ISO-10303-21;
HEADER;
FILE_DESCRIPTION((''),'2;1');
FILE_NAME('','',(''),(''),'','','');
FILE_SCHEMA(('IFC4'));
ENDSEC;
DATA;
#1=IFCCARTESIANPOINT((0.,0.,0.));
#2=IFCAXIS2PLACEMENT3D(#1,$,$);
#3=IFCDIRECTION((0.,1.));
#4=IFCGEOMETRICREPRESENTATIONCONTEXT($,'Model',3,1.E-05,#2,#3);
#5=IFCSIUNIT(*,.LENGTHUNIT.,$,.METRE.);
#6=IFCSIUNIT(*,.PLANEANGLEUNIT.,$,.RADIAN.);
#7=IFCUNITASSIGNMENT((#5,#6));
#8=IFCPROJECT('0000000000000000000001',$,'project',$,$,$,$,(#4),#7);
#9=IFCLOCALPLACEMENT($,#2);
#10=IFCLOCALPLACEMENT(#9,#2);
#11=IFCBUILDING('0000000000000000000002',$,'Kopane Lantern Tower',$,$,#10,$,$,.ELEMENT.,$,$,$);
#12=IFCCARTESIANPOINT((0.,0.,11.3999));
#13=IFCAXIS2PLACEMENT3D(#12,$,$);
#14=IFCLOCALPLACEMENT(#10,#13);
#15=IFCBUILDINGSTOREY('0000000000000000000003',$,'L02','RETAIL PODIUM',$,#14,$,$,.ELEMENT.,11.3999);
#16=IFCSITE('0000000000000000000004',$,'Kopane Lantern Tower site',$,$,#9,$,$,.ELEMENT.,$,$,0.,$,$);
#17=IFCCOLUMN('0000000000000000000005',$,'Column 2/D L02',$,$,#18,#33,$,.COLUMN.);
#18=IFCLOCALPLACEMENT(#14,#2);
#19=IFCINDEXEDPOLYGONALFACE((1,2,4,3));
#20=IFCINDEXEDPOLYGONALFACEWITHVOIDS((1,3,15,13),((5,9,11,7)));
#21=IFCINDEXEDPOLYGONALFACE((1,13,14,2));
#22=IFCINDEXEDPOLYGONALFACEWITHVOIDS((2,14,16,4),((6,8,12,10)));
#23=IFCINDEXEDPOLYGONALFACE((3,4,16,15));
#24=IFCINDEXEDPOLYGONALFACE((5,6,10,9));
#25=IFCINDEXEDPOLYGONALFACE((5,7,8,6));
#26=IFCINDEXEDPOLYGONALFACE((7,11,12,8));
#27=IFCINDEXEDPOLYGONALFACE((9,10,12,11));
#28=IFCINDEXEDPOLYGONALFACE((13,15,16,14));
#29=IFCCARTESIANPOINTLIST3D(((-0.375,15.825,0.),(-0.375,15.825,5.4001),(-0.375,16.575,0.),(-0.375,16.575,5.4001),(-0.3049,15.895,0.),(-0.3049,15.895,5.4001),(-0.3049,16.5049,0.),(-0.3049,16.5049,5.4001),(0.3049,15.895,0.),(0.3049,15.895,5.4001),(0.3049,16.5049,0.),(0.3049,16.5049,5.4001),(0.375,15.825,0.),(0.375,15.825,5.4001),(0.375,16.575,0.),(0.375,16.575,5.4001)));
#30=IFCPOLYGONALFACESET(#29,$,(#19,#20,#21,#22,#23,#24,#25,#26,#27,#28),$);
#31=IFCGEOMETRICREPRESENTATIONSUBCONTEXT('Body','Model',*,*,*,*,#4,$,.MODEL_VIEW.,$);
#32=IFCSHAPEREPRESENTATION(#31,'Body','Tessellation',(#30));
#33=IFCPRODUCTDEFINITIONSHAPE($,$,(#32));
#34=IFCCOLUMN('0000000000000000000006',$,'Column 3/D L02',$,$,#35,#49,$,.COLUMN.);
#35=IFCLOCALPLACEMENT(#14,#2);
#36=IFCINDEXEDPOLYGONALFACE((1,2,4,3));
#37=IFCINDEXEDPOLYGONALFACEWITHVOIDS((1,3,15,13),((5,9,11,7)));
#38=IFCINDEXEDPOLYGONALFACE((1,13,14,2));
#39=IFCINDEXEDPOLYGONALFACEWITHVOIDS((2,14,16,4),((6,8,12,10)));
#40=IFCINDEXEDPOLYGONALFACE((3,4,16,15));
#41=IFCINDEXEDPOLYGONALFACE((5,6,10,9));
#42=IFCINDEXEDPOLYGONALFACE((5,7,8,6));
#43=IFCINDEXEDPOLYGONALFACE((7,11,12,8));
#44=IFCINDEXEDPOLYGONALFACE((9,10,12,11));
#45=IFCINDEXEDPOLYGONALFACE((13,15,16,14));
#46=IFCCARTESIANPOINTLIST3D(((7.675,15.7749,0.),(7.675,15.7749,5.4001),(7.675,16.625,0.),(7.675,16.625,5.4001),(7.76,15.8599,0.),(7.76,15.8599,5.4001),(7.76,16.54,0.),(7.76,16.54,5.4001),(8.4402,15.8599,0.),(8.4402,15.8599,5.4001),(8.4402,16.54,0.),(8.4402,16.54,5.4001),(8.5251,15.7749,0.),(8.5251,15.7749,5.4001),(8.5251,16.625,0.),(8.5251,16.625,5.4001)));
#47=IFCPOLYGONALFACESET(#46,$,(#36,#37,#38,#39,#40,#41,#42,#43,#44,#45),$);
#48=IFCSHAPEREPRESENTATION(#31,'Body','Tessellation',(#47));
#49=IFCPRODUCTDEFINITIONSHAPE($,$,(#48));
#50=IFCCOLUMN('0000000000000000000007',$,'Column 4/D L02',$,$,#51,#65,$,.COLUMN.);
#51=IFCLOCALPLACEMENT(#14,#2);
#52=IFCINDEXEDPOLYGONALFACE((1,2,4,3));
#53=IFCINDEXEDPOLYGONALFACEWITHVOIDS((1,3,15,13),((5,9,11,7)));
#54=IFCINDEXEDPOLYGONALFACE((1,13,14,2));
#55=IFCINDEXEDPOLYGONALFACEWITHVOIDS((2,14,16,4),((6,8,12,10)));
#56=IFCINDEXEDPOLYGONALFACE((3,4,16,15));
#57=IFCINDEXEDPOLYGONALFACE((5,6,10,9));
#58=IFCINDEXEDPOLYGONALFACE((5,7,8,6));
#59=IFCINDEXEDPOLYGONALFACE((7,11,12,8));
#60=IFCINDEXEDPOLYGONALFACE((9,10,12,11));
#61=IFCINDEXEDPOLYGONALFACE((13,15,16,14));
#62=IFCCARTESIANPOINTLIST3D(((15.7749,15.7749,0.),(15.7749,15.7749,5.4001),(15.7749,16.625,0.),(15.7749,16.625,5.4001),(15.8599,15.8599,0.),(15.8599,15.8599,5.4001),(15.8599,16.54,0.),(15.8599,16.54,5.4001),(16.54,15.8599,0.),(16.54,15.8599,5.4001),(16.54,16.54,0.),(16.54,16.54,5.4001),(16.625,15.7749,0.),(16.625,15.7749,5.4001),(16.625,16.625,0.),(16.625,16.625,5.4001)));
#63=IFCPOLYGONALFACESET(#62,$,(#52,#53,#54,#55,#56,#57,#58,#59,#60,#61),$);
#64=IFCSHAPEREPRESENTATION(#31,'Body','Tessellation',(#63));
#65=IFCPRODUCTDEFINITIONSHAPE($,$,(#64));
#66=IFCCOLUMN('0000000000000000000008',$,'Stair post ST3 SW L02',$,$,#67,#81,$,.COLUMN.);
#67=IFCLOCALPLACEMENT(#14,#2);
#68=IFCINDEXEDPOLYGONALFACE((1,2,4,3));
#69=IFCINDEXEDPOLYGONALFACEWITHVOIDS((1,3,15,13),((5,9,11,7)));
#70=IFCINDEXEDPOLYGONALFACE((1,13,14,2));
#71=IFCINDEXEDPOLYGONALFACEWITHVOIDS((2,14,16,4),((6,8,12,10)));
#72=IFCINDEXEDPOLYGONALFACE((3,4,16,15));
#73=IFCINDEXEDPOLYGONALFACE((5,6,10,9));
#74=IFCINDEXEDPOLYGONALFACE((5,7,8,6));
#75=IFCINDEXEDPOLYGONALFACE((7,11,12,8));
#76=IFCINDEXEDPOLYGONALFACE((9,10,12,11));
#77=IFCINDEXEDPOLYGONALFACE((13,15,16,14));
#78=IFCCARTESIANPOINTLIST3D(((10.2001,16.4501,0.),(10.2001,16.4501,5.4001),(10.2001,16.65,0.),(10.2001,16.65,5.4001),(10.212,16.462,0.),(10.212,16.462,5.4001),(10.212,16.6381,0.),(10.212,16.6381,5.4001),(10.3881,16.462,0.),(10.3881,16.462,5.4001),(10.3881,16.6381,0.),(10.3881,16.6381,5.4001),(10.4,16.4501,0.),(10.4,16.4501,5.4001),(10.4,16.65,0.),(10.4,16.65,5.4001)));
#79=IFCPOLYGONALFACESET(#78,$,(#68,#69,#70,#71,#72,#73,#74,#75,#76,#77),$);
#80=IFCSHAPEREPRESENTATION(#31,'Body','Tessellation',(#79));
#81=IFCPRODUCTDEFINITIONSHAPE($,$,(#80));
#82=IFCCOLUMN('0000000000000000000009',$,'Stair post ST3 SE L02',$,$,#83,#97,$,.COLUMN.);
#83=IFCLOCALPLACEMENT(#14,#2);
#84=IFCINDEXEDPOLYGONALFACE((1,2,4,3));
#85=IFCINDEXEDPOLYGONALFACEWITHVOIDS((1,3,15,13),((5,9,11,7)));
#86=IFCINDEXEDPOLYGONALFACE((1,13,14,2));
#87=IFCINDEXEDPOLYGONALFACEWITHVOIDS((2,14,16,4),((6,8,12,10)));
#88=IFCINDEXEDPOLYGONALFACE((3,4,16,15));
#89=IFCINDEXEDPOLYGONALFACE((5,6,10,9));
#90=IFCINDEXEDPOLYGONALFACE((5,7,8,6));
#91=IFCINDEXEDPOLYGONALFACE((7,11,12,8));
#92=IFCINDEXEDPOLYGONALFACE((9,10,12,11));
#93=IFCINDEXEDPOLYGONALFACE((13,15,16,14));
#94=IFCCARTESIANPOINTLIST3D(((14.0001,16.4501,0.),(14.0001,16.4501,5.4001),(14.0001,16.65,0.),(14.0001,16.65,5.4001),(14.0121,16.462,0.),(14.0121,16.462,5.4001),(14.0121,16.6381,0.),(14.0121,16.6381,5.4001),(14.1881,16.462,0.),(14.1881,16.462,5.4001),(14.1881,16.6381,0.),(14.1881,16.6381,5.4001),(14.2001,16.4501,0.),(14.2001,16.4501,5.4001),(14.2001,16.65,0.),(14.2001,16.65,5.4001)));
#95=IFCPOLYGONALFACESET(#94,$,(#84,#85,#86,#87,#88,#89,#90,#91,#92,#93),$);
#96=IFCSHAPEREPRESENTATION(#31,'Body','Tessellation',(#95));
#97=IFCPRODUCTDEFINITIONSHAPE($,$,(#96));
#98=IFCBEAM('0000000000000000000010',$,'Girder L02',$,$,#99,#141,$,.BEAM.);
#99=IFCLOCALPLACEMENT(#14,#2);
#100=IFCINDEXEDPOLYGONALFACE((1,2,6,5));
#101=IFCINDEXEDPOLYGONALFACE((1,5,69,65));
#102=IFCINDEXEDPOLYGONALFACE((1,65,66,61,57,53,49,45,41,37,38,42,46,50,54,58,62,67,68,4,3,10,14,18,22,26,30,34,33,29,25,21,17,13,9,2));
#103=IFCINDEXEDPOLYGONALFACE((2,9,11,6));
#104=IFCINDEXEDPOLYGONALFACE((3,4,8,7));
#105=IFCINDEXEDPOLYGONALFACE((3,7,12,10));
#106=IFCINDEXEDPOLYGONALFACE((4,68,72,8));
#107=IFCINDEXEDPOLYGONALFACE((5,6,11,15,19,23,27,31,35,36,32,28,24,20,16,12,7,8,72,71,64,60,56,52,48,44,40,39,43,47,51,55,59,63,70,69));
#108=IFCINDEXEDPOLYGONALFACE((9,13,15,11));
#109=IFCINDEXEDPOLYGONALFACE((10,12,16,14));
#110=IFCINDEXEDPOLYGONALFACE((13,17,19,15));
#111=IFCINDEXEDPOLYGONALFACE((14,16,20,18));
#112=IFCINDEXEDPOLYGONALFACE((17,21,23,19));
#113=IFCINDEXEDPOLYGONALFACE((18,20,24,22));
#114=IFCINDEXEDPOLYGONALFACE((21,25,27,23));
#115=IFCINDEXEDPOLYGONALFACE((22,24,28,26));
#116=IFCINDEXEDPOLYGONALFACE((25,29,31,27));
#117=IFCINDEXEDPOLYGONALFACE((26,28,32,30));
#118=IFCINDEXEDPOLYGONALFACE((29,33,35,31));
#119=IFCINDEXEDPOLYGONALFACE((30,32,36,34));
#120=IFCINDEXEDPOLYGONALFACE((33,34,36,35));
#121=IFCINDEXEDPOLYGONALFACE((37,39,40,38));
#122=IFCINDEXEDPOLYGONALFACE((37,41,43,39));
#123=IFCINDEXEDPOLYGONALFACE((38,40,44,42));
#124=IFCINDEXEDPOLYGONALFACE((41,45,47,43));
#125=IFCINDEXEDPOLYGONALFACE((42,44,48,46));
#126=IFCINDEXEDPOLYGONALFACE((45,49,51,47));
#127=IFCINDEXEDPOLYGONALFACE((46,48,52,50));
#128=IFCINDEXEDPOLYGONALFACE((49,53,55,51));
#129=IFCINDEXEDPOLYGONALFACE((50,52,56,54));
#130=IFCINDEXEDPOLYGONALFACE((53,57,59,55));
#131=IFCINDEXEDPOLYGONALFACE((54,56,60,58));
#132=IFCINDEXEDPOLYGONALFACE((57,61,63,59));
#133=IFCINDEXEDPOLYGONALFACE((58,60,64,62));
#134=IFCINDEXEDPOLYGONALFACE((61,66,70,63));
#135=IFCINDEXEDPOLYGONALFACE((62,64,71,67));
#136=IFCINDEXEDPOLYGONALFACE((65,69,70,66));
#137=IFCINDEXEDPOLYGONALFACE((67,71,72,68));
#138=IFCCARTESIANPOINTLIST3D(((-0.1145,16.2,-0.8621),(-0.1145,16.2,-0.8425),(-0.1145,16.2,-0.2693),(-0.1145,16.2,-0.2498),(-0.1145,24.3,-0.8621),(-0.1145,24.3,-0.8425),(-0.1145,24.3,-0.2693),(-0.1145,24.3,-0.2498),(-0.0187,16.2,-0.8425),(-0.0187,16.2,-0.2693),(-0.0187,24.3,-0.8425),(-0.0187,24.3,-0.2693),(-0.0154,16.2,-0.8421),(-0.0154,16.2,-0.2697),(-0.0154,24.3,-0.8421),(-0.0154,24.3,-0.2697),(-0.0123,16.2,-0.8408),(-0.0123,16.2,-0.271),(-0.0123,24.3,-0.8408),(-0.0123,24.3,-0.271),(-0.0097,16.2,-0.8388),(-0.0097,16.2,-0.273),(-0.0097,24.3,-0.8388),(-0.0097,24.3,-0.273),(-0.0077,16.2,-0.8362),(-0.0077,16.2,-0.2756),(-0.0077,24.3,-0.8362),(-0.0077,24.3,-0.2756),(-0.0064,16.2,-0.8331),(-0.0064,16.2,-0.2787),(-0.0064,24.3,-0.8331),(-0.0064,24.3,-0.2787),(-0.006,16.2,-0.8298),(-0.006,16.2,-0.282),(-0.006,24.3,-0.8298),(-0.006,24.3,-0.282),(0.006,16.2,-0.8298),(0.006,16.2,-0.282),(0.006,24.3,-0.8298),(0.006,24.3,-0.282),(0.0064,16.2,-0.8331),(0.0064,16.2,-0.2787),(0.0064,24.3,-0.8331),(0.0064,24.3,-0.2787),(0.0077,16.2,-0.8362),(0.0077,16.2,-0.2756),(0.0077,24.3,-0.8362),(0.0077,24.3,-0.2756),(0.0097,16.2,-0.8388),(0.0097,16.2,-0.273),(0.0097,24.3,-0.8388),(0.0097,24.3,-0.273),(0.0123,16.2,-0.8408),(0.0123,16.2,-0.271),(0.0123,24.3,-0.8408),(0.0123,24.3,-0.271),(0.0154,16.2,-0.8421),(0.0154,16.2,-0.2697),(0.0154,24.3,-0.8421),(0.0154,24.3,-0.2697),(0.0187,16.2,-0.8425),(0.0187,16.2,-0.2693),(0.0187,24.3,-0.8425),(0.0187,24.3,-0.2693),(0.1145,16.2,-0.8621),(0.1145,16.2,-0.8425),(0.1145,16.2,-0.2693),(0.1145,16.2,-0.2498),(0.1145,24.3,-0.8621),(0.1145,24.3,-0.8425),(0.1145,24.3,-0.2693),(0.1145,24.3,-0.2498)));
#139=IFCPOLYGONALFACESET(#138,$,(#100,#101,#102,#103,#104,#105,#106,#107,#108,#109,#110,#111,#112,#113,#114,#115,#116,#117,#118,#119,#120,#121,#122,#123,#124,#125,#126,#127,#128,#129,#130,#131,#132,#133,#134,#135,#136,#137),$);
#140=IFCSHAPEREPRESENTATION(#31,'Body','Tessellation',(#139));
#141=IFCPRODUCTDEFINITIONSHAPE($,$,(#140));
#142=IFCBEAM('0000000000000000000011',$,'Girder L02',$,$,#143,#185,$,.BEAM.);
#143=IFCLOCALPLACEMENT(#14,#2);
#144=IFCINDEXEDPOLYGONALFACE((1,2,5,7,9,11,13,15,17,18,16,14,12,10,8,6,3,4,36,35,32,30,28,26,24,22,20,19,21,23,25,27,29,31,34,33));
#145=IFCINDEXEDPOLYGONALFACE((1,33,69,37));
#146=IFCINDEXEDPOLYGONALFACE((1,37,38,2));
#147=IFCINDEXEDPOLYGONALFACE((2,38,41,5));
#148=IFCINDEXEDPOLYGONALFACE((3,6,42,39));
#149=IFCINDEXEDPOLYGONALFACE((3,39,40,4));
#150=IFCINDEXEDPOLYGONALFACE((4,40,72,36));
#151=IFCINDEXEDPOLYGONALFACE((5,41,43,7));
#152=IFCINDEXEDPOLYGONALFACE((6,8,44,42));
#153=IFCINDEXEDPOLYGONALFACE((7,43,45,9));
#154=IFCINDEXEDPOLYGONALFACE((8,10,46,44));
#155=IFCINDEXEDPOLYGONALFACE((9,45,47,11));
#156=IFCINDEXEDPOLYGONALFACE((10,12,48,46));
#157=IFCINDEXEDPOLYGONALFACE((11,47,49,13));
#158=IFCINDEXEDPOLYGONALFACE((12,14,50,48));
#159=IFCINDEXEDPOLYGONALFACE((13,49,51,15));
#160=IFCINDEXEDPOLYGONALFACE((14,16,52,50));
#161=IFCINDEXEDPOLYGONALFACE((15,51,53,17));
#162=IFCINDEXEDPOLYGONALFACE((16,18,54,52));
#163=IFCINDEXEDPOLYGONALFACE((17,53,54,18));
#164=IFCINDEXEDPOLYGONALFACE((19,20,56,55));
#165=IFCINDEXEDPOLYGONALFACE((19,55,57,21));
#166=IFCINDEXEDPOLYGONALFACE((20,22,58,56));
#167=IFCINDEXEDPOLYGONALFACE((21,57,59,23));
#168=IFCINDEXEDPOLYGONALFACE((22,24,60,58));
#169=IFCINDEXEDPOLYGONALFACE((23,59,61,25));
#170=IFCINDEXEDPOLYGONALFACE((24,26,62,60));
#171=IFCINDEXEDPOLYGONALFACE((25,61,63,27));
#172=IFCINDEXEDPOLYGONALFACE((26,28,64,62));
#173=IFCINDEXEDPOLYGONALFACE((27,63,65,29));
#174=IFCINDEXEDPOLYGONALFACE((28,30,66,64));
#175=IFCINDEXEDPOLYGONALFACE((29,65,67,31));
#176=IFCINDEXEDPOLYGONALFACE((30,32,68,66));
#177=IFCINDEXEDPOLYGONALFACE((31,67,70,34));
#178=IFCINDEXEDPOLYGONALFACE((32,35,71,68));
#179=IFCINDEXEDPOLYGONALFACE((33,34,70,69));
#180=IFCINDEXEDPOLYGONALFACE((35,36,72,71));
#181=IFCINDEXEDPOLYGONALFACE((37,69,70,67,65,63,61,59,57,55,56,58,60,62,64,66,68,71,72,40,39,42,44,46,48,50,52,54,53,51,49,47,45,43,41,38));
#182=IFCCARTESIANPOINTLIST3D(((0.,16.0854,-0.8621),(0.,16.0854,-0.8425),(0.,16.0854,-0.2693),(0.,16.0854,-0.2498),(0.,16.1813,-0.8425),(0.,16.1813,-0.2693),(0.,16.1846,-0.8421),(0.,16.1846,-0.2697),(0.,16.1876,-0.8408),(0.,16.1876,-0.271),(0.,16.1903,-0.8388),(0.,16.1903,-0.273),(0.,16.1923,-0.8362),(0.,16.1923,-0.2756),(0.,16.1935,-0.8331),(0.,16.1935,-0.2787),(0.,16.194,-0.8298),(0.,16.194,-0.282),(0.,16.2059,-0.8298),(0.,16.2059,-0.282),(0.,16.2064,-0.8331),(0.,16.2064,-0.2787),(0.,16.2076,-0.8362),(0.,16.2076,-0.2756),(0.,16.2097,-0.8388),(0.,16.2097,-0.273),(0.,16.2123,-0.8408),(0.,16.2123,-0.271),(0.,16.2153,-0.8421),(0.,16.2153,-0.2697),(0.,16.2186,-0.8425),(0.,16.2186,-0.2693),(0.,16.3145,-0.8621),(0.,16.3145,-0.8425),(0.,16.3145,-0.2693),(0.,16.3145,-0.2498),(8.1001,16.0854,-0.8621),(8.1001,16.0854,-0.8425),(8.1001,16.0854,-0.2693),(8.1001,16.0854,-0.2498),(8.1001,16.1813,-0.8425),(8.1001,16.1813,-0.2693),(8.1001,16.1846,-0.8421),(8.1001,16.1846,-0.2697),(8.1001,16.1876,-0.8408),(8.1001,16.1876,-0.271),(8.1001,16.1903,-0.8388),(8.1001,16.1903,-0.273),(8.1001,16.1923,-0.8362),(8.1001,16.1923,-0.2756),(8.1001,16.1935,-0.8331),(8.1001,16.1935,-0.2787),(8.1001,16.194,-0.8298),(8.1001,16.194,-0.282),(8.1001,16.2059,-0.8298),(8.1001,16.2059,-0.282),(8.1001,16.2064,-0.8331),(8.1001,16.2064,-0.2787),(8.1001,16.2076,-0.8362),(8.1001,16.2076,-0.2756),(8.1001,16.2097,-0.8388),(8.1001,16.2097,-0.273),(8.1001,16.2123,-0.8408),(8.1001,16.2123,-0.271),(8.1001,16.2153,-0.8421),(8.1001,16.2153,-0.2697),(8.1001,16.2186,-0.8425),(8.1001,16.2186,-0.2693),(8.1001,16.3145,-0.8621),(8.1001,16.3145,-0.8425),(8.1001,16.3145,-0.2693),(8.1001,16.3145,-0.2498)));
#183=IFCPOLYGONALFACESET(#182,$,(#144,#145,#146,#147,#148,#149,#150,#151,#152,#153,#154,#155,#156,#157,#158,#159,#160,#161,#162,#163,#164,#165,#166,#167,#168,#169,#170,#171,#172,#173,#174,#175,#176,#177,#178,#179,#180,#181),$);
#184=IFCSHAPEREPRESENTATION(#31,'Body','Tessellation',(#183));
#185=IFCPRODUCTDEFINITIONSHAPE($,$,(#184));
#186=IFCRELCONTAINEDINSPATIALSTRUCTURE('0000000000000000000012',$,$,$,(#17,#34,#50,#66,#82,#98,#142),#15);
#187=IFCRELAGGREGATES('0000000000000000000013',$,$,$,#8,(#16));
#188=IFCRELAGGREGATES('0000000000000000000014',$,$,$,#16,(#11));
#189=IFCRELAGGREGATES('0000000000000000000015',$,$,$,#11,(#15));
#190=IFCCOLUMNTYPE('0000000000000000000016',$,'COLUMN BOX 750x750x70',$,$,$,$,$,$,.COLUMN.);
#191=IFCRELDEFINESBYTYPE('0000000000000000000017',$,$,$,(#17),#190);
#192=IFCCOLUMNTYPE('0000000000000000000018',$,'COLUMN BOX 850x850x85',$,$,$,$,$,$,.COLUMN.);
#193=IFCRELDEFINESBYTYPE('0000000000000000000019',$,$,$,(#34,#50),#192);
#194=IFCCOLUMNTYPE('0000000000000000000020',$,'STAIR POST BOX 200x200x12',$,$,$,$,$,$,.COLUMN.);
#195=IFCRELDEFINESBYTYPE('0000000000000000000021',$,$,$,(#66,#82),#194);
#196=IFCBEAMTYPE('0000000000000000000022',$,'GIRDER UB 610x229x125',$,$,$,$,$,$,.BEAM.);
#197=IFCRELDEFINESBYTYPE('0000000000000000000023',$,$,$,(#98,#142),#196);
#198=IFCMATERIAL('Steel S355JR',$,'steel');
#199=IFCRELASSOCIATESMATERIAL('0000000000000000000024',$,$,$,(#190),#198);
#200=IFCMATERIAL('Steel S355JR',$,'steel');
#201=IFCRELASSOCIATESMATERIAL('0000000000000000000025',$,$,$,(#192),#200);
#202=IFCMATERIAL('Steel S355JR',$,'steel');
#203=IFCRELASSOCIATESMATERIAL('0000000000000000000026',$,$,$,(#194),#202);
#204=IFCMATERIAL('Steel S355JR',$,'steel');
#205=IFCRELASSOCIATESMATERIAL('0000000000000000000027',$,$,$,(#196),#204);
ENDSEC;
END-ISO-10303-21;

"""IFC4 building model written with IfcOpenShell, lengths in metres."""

from ifc_helpers import new_model, si_unit, direction, frame, origin, origin_2d, place, context, subcontext, project, spatial, hollow_rectangle, i_section, extrude, material, material_profile, profile_set, type_object, element, save


model = new_model("IFC4")

# Units and contexts
model_context = context("Model", 3, precision=1e-05, world=origin(), true_north=direction((0.0, 1.0)))
body_context = subcontext(model_context, "Body", "Model", "MODEL_VIEW")
ifc_project = project(units=[si_unit("LENGTHUNIT", "METRE"), si_unit("PLANEANGLEUNIT", "RADIAN")], contexts=[model_context])

# Site, building, storey
site_placement = place(None, origin())
site = spatial("IfcSite", under=ifc_project, at=site_placement, Name="Kopane Lantern Tower site", CompositionType="ELEMENT", RefElevation=0.0)
building_placement = place(site_placement, origin())
building = spatial("IfcBuilding", under=site, at=building_placement, Name="Kopane Lantern Tower", CompositionType="ELEMENT")
storey_placement = place(building_placement, frame((0.0, 0.0, 11.3999)))
storey = spatial("IfcBuildingStorey", under=building, at=storey_placement, Name="L02", Description="RETAIL PODIUM", CompositionType="ELEMENT", Elevation=11.3999)

# Columns
ifc_material_1 = material(Name="Steel S355JR", Category="steel")
ifc_material_profile_1 = material_profile(ifc_material_1, hollow_rectangle(XDim=0.75, YDim=0.75, WallThickness=0.0701, at=origin_2d()), Name="BOX 750x750x70")
ifc_profile_set_1 = profile_set([ifc_material_profile_1], Name="Steel S355JR")
column_type_1 = type_object("IfcColumnType", Name="COLUMN BOX 750x750x70", PredefinedType="COLUMN", material=ifc_profile_set_1)
column_placement = place(storey_placement, frame((0.0, 16.2, 0.0), z_axis=(0.0, 0.0, 1.0), x_axis=(1.0, 0.0, 0.0)))
element("IfcColumn", 1, at=column_placement, inside=storey, type_object=column_type_1, Name="Column 2/D L02", PredefinedType="COLUMN", context=body_context, shape_type="SweptSolid", body=[
    extrude(hollow_rectangle(XDim=0.75, YDim=0.75, WallThickness=0.0701, at=origin_2d()), origin(), (0.0, 0.0, 1.0), 5.4001),
])
ifc_material_2 = material(Name="Steel S355JR", Category="steel")
ifc_material_profile_2 = material_profile(ifc_material_2, hollow_rectangle(XDim=0.8501, YDim=0.8501, WallThickness=0.085, at=origin_2d()), Name="BOX 850x850x85")
ifc_profile_set_2 = profile_set([ifc_material_profile_2], Name="Steel S355JR")
column_type_2 = type_object("IfcColumnType", Name="COLUMN BOX 850x850x85", PredefinedType="COLUMN", material=ifc_profile_set_2)
for number, where, z_axis, x_axis, name in (
    (2, (8.1001, 16.2, 0.0), (0.0, 0.0, 1.0), (1.0, 0.0, 0.0), "Column 3/D L02"),
    (3, (16.2, 16.2, 0.0), (0.0, 0.0, 1.0), (1.0, 0.0, 0.0), "Column 4/D L02"),
):
    element("IfcColumn", number, at=place(storey_placement, frame(where, z_axis=z_axis, x_axis=x_axis)), inside=storey, type_object=column_type_2, Name=name, PredefinedType="COLUMN", context=body_context, shape_type="SweptSolid", body=[
        extrude(hollow_rectangle(XDim=0.8501, YDim=0.8501, WallThickness=0.085, at=origin_2d()), origin(), (0.0, 0.0, 1.0), 5.4001),
    ])
ifc_material_3 = material(Name="Steel S355JR", Category="steel")
ifc_material_profile_3 = material_profile(ifc_material_3, hollow_rectangle(XDim=0.2, YDim=0.2, WallThickness=0.012, at=origin_2d()), Name="BOX 200x200x12")
ifc_profile_set_3 = profile_set([ifc_material_profile_3], Name="Steel S355JR")
column_type_3 = type_object("IfcColumnType", Name="STAIR POST BOX 200x200x12", PredefinedType="COLUMN", material=ifc_profile_set_3)
for number, where, z_axis, x_axis, name in (
    (4, (10.3, 16.55, 0.0), (0.0, 0.0, 1.0), (1.0, 0.0, 0.0), "Stair post ST3 SW L02"),
    (5, (14.1001, 16.55, 0.0), (0.0, 0.0, 1.0), (1.0, 0.0, 0.0), "Stair post ST3 SE L02"),
):
    element("IfcColumn", number, at=place(storey_placement, frame(where, z_axis=z_axis, x_axis=x_axis)), inside=storey, type_object=column_type_3, Name=name, PredefinedType="COLUMN", context=body_context, shape_type="SweptSolid", body=[
        extrude(hollow_rectangle(XDim=0.2, YDim=0.2, WallThickness=0.012, at=origin_2d()), origin(), (0.0, 0.0, 1.0), 5.4001),
    ])

# Beams
ifc_material_4 = material(Name="Steel S355JR", Category="steel")
ifc_material_profile_4 = material_profile(ifc_material_4, i_section(OverallWidth=0.229, OverallDepth=0.6123, WebThickness=0.012, FlangeThickness=0.0195, FilletRadius=0.0127, at=origin_2d()), Name="UB 610x229x125")
ifc_profile_set_4 = profile_set([ifc_material_profile_4], Name="Steel S355JR")
beam_type_1 = type_object("IfcBeamType", Name="GIRDER UB 610x229x125", PredefinedType="BEAM", material=ifc_profile_set_4)
for number, where, z_axis, x_axis, name in (
    (6, (0.0, 16.2, -0.5559), (0.0, 1.0, 0.0), (-1.0, 0.0, 0.0), "Girder L02"),
    (7, (0.0, 16.2, -0.5559), (1.0, 0.0, 0.0), (0.0, 1.0, 0.0), "Girder L02"),
):
    element("IfcBeam", number, at=place(storey_placement, frame(where, z_axis=z_axis, x_axis=x_axis)), inside=storey, type_object=beam_type_1, Name=name, PredefinedType="BEAM", context=body_context, shape_type="SweptSolid", body=[
        extrude(i_section(OverallWidth=0.229, OverallDepth=0.6123, WebThickness=0.012, FlangeThickness=0.0195, FilletRadius=0.0127, at=origin_2d()), origin(), (0.0, 0.0, 1.0), 8.1001),
    ])

save(model, "model.ifc")
